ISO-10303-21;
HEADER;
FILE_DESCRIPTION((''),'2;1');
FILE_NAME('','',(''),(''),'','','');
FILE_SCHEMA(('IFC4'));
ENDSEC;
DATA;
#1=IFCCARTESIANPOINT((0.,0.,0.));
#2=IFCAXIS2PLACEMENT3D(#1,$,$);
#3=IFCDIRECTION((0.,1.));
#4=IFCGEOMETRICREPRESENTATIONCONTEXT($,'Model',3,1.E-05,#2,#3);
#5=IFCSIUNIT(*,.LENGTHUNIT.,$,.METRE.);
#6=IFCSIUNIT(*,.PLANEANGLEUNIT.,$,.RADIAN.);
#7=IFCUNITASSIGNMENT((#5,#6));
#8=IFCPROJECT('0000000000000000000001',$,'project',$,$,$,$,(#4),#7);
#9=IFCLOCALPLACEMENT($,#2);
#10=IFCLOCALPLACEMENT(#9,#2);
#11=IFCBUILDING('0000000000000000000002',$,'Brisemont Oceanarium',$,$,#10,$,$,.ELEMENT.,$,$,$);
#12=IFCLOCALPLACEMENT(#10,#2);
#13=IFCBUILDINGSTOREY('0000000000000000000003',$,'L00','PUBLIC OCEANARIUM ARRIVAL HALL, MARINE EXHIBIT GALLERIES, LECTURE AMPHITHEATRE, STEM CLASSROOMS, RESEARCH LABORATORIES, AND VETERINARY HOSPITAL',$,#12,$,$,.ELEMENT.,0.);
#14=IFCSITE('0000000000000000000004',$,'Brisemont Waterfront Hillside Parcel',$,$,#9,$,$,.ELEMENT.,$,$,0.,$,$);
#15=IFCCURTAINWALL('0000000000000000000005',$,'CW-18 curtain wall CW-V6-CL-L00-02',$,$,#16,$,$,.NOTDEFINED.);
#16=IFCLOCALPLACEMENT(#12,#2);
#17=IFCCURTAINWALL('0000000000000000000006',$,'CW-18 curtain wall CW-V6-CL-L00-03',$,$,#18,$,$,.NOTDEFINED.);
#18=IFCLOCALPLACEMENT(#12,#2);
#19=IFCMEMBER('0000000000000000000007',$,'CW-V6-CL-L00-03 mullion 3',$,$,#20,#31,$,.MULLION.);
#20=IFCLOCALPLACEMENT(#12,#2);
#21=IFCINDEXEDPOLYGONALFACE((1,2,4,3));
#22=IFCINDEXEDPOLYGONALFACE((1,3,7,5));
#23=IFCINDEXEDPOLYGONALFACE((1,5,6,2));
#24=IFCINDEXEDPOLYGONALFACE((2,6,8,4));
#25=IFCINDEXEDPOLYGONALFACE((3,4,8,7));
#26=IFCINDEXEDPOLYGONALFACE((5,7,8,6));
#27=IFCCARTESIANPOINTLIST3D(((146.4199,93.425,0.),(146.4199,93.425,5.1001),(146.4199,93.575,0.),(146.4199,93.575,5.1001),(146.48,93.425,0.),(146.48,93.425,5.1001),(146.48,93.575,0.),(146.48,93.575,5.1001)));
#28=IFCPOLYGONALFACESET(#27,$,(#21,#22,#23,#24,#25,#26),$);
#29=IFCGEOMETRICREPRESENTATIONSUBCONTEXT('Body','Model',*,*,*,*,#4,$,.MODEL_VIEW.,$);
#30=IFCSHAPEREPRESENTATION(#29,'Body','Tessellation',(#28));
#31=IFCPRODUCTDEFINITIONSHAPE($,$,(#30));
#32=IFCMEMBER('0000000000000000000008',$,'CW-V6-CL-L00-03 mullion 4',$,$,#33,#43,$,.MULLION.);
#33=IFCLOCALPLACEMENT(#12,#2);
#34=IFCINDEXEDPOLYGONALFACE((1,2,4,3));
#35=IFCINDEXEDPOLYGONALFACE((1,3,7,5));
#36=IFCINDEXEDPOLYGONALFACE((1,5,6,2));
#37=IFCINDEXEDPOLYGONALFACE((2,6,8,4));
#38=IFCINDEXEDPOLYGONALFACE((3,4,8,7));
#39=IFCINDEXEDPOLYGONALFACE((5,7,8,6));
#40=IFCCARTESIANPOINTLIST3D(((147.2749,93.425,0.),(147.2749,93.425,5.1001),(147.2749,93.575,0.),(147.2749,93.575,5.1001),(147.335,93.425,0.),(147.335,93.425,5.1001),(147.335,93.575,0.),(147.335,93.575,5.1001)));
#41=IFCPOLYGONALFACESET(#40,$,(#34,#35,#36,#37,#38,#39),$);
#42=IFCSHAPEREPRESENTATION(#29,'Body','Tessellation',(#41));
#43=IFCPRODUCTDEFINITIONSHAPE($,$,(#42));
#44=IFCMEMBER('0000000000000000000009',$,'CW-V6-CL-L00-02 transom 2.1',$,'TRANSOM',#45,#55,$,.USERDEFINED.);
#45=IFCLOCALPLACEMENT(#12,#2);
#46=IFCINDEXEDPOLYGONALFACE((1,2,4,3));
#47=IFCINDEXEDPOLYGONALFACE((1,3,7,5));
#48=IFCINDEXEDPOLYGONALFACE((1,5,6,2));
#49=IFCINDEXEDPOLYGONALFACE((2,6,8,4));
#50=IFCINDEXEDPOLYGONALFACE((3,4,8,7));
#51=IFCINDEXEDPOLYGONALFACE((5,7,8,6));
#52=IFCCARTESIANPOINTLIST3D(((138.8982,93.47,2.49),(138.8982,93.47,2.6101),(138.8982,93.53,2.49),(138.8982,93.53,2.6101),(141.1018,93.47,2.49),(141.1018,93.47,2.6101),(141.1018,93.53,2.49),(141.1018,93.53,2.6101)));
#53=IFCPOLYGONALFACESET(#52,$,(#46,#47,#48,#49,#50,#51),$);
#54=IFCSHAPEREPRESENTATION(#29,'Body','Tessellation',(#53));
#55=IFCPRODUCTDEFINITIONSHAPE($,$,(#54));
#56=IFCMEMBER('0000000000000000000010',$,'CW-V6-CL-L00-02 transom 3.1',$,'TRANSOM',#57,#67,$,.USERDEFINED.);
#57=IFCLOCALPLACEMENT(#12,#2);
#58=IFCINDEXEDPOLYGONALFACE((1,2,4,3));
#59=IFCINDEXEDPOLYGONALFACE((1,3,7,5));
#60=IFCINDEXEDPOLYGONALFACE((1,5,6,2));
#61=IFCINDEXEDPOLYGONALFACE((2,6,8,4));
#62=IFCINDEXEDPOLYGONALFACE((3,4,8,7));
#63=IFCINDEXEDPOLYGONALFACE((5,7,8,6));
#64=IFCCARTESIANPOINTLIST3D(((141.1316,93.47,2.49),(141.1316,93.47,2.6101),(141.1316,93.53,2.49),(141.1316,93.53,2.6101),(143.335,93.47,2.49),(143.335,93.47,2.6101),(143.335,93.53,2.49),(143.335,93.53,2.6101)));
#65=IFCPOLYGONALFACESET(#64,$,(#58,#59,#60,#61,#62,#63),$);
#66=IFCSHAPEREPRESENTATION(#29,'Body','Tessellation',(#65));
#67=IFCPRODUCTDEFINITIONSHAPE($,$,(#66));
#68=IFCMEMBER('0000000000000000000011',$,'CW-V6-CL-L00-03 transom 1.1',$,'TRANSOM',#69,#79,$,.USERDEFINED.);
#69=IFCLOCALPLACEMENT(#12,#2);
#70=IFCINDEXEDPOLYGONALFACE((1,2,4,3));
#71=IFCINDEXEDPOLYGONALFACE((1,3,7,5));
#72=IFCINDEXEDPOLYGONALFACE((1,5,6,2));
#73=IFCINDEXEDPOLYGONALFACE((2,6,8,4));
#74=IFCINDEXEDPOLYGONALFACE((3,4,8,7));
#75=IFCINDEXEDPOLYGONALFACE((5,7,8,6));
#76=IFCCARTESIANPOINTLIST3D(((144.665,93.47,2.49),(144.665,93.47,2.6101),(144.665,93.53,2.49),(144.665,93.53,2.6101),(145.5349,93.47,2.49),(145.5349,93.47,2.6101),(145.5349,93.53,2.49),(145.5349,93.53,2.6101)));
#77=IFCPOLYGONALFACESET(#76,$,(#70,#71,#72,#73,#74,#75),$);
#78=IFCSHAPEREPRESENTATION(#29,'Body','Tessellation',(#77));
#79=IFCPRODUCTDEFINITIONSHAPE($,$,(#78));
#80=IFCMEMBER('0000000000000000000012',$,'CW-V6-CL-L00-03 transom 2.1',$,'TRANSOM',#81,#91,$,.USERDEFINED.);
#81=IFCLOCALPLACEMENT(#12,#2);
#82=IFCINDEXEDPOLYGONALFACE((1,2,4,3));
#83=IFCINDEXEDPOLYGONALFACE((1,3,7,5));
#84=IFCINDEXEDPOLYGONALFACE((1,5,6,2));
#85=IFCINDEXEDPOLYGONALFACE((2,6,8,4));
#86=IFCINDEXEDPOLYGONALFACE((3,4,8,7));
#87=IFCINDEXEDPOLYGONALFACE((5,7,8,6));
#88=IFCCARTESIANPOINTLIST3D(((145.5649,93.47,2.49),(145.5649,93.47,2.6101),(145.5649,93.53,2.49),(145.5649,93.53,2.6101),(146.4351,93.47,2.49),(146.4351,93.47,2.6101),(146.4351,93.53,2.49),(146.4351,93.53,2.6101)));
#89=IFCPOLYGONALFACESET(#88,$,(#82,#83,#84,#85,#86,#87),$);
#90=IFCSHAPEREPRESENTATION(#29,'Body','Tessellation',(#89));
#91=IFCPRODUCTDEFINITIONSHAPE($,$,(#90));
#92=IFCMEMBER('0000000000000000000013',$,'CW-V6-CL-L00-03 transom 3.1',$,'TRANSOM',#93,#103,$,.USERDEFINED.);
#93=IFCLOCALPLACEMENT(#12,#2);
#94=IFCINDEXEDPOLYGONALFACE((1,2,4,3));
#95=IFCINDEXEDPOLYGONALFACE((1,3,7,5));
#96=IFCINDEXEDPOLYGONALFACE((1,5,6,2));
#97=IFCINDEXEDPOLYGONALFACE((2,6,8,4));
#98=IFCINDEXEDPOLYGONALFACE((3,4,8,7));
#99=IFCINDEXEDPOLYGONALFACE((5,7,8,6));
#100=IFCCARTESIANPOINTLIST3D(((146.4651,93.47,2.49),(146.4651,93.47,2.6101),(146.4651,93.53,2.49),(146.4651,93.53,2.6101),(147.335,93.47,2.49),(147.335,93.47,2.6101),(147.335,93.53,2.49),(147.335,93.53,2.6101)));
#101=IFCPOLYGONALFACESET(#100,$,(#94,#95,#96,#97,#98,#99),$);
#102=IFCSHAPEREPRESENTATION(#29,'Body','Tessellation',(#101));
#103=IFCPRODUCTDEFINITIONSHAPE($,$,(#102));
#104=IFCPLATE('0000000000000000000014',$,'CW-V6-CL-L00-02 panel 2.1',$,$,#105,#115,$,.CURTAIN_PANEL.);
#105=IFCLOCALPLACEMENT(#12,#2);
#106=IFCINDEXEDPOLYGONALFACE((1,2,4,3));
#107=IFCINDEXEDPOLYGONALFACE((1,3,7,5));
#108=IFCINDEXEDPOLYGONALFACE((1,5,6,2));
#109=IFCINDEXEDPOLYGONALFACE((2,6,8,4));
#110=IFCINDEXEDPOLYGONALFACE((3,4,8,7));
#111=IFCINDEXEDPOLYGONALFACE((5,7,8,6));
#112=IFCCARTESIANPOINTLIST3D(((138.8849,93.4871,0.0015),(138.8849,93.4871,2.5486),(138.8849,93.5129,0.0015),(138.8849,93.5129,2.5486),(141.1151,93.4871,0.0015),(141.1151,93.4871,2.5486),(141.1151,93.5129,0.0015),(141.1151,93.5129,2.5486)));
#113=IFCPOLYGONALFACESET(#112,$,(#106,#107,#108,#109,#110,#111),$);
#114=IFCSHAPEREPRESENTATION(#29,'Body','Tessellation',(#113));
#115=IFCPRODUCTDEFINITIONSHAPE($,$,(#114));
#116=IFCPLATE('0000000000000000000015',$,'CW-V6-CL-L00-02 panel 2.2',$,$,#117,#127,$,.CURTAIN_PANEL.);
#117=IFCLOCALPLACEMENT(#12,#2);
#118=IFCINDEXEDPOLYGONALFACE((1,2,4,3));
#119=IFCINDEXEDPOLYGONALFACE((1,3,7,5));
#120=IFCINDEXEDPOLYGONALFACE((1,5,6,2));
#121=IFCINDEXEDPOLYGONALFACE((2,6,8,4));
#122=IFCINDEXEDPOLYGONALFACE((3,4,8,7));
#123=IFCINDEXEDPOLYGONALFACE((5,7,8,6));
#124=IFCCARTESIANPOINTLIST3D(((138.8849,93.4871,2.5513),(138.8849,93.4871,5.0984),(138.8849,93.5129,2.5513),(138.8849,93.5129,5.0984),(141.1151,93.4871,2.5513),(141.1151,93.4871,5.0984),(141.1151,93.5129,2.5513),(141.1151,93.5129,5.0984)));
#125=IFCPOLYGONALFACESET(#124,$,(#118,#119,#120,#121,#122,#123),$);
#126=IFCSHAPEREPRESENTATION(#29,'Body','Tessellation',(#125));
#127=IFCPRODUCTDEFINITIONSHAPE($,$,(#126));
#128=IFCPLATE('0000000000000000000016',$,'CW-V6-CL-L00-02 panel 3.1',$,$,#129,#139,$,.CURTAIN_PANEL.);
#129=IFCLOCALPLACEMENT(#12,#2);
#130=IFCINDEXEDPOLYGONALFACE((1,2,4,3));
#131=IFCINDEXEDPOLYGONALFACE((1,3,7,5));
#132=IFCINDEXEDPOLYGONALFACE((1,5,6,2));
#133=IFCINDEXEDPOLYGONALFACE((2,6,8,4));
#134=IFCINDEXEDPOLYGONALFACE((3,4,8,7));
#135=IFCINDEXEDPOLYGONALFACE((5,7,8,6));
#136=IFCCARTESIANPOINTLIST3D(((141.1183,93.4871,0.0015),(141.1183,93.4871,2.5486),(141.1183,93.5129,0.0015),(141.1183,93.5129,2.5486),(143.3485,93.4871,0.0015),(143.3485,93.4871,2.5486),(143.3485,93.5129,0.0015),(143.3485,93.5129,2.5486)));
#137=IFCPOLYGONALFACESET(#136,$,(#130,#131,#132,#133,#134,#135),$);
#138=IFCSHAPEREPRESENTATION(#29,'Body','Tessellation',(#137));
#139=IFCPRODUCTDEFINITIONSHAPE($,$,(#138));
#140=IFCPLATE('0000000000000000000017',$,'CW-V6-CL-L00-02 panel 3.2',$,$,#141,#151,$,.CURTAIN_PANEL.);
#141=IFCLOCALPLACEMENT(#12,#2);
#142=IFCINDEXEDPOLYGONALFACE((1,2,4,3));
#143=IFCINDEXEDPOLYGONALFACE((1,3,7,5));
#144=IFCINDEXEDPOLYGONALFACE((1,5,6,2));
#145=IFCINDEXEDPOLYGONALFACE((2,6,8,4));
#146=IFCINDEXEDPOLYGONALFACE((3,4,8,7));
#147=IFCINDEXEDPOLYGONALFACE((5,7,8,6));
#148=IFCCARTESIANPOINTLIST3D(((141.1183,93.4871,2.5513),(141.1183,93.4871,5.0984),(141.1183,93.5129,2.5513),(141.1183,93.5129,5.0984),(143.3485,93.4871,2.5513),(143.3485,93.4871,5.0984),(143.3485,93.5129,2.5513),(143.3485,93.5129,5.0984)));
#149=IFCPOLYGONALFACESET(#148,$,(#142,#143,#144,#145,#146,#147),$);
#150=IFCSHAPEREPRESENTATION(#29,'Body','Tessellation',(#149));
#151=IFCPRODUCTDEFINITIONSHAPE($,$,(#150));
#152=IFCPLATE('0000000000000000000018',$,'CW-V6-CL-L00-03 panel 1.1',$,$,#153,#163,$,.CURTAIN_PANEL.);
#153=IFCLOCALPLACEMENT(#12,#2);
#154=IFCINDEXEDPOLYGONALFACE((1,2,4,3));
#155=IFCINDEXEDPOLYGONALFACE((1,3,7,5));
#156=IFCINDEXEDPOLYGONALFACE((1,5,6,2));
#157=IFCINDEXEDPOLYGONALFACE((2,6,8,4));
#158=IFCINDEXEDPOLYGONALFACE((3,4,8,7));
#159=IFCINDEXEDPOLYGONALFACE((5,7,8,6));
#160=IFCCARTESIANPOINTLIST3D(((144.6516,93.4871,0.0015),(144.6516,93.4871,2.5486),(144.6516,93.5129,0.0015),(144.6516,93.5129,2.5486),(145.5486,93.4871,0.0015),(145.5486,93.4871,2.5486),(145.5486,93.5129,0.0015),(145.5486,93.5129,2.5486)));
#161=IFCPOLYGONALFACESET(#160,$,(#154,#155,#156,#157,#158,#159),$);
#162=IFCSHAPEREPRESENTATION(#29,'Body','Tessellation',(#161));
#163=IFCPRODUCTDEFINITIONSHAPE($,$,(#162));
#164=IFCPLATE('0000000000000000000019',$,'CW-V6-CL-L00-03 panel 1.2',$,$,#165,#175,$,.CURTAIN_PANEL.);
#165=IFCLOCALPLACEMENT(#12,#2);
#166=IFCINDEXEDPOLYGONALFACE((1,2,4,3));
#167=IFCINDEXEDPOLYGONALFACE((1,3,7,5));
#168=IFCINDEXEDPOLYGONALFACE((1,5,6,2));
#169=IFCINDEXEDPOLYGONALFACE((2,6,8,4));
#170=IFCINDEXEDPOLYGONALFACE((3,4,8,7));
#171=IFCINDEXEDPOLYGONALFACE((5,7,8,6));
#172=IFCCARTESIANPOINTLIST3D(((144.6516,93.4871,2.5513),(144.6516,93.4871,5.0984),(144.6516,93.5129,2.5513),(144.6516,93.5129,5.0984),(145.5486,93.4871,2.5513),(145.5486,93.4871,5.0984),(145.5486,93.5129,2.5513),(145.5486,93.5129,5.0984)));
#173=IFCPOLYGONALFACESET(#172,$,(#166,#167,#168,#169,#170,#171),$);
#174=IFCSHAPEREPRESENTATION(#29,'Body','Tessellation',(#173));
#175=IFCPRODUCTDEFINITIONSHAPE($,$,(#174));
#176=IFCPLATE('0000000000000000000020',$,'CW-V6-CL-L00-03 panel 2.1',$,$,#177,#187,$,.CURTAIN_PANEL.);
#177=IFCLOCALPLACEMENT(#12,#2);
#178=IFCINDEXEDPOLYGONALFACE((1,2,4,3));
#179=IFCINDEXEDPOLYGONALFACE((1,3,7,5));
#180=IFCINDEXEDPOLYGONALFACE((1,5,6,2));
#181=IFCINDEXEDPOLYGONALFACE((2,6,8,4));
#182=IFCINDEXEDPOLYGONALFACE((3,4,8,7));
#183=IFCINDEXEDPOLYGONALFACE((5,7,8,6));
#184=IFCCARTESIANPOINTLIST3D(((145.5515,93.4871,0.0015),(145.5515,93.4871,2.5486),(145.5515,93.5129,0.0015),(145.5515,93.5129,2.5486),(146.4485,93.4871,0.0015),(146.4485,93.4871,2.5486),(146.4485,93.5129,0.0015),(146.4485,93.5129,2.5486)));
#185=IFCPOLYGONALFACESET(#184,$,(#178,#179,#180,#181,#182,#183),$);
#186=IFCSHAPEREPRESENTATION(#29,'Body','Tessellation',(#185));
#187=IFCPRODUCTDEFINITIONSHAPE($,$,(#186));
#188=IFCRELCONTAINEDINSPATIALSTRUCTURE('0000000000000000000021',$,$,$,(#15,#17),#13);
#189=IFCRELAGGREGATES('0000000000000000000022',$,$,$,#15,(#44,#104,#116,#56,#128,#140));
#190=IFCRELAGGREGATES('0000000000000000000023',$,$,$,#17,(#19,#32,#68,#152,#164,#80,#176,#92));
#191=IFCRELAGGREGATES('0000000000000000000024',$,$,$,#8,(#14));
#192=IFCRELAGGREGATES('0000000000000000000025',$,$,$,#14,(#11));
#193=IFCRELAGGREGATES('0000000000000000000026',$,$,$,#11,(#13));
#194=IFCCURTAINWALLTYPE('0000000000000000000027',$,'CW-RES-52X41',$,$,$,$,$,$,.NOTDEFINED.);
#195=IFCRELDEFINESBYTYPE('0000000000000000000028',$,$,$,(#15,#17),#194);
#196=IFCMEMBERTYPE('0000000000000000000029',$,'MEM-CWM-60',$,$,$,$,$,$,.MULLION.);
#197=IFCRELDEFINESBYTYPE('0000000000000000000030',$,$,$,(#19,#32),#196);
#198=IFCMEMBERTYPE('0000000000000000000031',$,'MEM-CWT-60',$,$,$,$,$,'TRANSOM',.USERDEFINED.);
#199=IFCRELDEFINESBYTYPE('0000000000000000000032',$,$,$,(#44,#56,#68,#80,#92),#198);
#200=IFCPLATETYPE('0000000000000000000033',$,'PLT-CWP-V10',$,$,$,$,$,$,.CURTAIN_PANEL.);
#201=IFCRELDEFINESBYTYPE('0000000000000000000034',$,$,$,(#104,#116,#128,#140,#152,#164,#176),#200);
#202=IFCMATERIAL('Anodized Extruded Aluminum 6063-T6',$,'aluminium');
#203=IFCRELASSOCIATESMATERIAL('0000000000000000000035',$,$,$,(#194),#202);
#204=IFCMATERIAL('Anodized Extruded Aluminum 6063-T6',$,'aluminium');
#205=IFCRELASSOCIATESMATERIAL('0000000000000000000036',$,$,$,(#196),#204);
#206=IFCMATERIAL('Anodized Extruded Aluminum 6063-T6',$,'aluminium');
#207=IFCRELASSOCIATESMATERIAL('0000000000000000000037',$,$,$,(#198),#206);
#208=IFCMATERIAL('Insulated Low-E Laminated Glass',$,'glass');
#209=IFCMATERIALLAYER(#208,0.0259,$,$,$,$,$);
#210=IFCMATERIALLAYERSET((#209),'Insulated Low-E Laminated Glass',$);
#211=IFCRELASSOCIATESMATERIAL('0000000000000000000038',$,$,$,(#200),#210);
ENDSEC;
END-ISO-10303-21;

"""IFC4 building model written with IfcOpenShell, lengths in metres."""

from ifc_helpers import new_model, si_unit, direction, frame, origin, origin_2d, place, context, subcontext, project, spatial, rectangle, extrude, material, layer, layer_set, material_profile, profile_set, type_object, element, aggregate, save


model = new_model("IFC4")

# Units and contexts
model_context = context("Model", 3, precision=1e-05, world=origin(), true_north=direction((0.0, 1.0)))
body_context = subcontext(model_context, "Body", "Model", "MODEL_VIEW")
ifc_project = project(units=[si_unit("LENGTHUNIT", "METRE"), si_unit("PLANEANGLEUNIT", "RADIAN")], contexts=[model_context])

# Site, building, storey
site_placement = place(None, origin())
site = spatial("IfcSite", under=ifc_project, at=site_placement, Name="Brisemont Waterfront Hillside Parcel", CompositionType="ELEMENT", RefElevation=0.0)
building_placement = place(site_placement, origin())
building = spatial("IfcBuilding", under=site, at=building_placement, Name="Brisemont Oceanarium", CompositionType="ELEMENT")
storey_placement = place(building_placement, origin())
storey = spatial("IfcBuildingStorey", under=building, at=storey_placement, Name="L00", Description="PUBLIC OCEANARIUM ARRIVAL HALL, MARINE EXHIBIT GALLERIES, LECTURE AMPHITHEATRE, STEM CLASSROOMS, RESEARCH LABORATORIES, AND VETERINARY HOSPITAL", CompositionType="ELEMENT", Elevation=0.0)

# Curtain walls, members
ifc_material_1 = material(Name="Anodized Extruded Aluminum 6063-T6", Category="aluminium")
curtain_wall_type = type_object("IfcCurtainWallType", Name="CW-RES-52X41", PredefinedType="NOTDEFINED", material=ifc_material_1)
curtain_wall_1_placement = place(storey_placement, origin())
curtain_wall_1 = element("IfcCurtainWall", 1, at=curtain_wall_1_placement, inside=storey, type_object=curtain_wall_type, Name="CW-18 curtain wall CW-V6-CL-L00-02", PredefinedType="NOTDEFINED")
ifc_material_2 = material(Name="Anodized Extruded Aluminum 6063-T6", Category="aluminium")
ifc_material_profile_1 = material_profile(ifc_material_2, rectangle(XDim=0.0601, YDim=0.1499, at=origin_2d()), Name="CWM-60X150")
ifc_profile_set_1 = profile_set([ifc_material_profile_1], Name="Anodized Extruded Aluminum 6063-T6")
member_type_1 = type_object("IfcMemberType", Name="MEM-CWM-60", PredefinedType="MULLION", material=ifc_profile_set_1)
curtain_wall_2_placement = place(storey_placement, origin())
curtain_wall_2 = element("IfcCurtainWall", 2, at=curtain_wall_2_placement, inside=storey, type_object=curtain_wall_type, Name="CW-18 curtain wall CW-V6-CL-L00-03", PredefinedType="NOTDEFINED")
member_1_placement = place(storey_placement, frame((146.45, 93.5, 0.0), z_axis=(0.0, 0.0, 1.0), x_axis=(1.0, 0.0, 0.0)))
member_1 = element("IfcMember", 3, at=member_1_placement, type_object=member_type_1, Name="CW-V6-CL-L00-03 mullion 3", PredefinedType="MULLION", context=body_context, shape_type="SweptSolid", body=[
    extrude(rectangle(XDim=0.0601, YDim=0.1499, at=origin_2d()), origin(), (0.0, 0.0, 1.0), 5.1001),
])
member_2_placement = place(storey_placement, frame((147.3049, 93.5, 0.0), z_axis=(0.0, 0.0, 1.0), x_axis=(1.0, 0.0, 0.0)))
member_2 = element("IfcMember", 4, at=member_2_placement, type_object=member_type_1, Name="CW-V6-CL-L00-03 mullion 4", PredefinedType="MULLION", context=body_context, shape_type="SweptSolid", body=[
    extrude(rectangle(XDim=0.0601, YDim=0.1499, at=origin_2d()), origin(), (0.0, 0.0, 1.0), 5.1001),
])

# Members
ifc_material_3 = material(Name="Anodized Extruded Aluminum 6063-T6", Category="aluminium")
ifc_material_profile_2 = material_profile(ifc_material_3, rectangle(XDim=0.0601, YDim=0.1201, at=origin_2d()), Name="CWT-60X120")
ifc_profile_set_2 = profile_set([ifc_material_profile_2], Name="Anodized Extruded Aluminum 6063-T6")
member_type_2 = type_object("IfcMemberType", Name="MEM-CWT-60", ElementType="TRANSOM", PredefinedType="USERDEFINED", material=ifc_profile_set_2)
member_3_placement = place(storey_placement, frame((138.8982, 93.5, 2.55), z_axis=(1.0, 0.0, 0.0), x_axis=(0.0, 1.0, 0.0)))
member_3 = element("IfcMember", 5, at=member_3_placement, type_object=member_type_2, Name="CW-V6-CL-L00-02 transom 2.1", ObjectType="TRANSOM", PredefinedType="USERDEFINED", context=body_context, shape_type="SweptSolid", body=[
    extrude(rectangle(XDim=0.0601, YDim=0.1201, at=origin_2d()), origin(), (0.0, 0.0, 1.0), 2.2036),
])
member_4_placement = place(storey_placement, frame((141.1316, 93.5, 2.55), z_axis=(1.0, 0.0, 0.0), x_axis=(0.0, 1.0, 0.0)))
member_4 = element("IfcMember", 6, at=member_4_placement, type_object=member_type_2, Name="CW-V6-CL-L00-02 transom 3.1", ObjectType="TRANSOM", PredefinedType="USERDEFINED", context=body_context, shape_type="SweptSolid", body=[
    extrude(rectangle(XDim=0.0601, YDim=0.1201, at=origin_2d()), origin(), (0.0, 0.0, 1.0), 2.2034),
])
member_5_placement = place(storey_placement, frame((144.665, 93.5, 2.55), z_axis=(1.0, 0.0, 0.0), x_axis=(0.0, 1.0, 0.0)))
member_5 = element("IfcMember", 7, at=member_5_placement, type_object=member_type_2, Name="CW-V6-CL-L00-03 transom 1.1", ObjectType="TRANSOM", PredefinedType="USERDEFINED", context=body_context, shape_type="SweptSolid", body=[
    extrude(rectangle(XDim=0.0601, YDim=0.1201, at=origin_2d()), origin(), (0.0, 0.0, 1.0), 0.8699),
])
member_6_placement = place(storey_placement, frame((145.5649, 93.5, 2.55), z_axis=(1.0, 0.0, 0.0), x_axis=(0.0, 1.0, 0.0)))
member_6 = element("IfcMember", 8, at=member_6_placement, type_object=member_type_2, Name="CW-V6-CL-L00-03 transom 2.1", ObjectType="TRANSOM", PredefinedType="USERDEFINED", context=body_context, shape_type="SweptSolid", body=[
    extrude(rectangle(XDim=0.0601, YDim=0.1201, at=origin_2d()), origin(), (0.0, 0.0, 1.0), 0.8701),
])
member_7_placement = place(storey_placement, frame((146.4651, 93.5, 2.55), z_axis=(1.0, 0.0, 0.0), x_axis=(0.0, 1.0, 0.0)))
member_7 = element("IfcMember", 9, at=member_7_placement, type_object=member_type_2, Name="CW-V6-CL-L00-03 transom 3.1", ObjectType="TRANSOM", PredefinedType="USERDEFINED", context=body_context, shape_type="SweptSolid", body=[
    extrude(rectangle(XDim=0.0601, YDim=0.1201, at=origin_2d()), origin(), (0.0, 0.0, 1.0), 0.8699),
])

# Plates
ifc_material_4 = material(Name="Insulated Low-E Laminated Glass", Category="glass")
ifc_layer_1 = layer(ifc_material_4, 0.0259)
ifc_layer_set_1 = layer_set([ifc_layer_1], Name="Insulated Low-E Laminated Glass")
plate_type = type_object("IfcPlateType", Name="PLT-CWP-V10", PredefinedType="CURTAIN_PANEL", material=ifc_layer_set_1)
plate_1_placement = place(storey_placement, frame((140.0, 93.5, 0.0015), z_axis=(0.0, 0.0, 1.0), x_axis=(1.0, 0.0, 0.0)))
plate_1 = element("IfcPlate", 10, at=plate_1_placement, type_object=plate_type, Name="CW-V6-CL-L00-02 panel 2.1", PredefinedType="CURTAIN_PANEL", context=body_context, shape_type="SweptSolid", body=[
    extrude(rectangle(XDim=2.2302, YDim=0.0259, at=origin_2d()), origin(), (0.0, 0.0, 1.0), 2.5471),
])
plate_2_placement = place(storey_placement, frame((140.0, 93.5, 2.5513), z_axis=(0.0, 0.0, 1.0), x_axis=(1.0, 0.0, 0.0)))
plate_2 = element("IfcPlate", 11, at=plate_2_placement, type_object=plate_type, Name="CW-V6-CL-L00-02 panel 2.2", PredefinedType="CURTAIN_PANEL", context=body_context, shape_type="SweptSolid", body=[
    extrude(rectangle(XDim=2.2302, YDim=0.0259, at=origin_2d()), origin(), (0.0, 0.0, 1.0), 2.5471),
])
plate_3_placement = place(storey_placement, frame((142.2334, 93.5, 0.0015), z_axis=(0.0, 0.0, 1.0), x_axis=(1.0, 0.0, 0.0)))
plate_3 = element("IfcPlate", 12, at=plate_3_placement, type_object=plate_type, Name="CW-V6-CL-L00-02 panel 3.1", PredefinedType="CURTAIN_PANEL", context=body_context, shape_type="SweptSolid", body=[
    extrude(rectangle(XDim=2.2302, YDim=0.0259, at=origin_2d()), origin(), (0.0, 0.0, 1.0), 2.5471),
])
plate_4_placement = place(storey_placement, frame((142.2334, 93.5, 2.5513), z_axis=(0.0, 0.0, 1.0), x_axis=(1.0, 0.0, 0.0)))
plate_4 = element("IfcPlate", 13, at=plate_4_placement, type_object=plate_type, Name="CW-V6-CL-L00-02 panel 3.2", PredefinedType="CURTAIN_PANEL", context=body_context, shape_type="SweptSolid", body=[
    extrude(rectangle(XDim=2.2302, YDim=0.0259, at=origin_2d()), origin(), (0.0, 0.0, 1.0), 2.5471),
])
aggregate(curtain_wall_1, [member_3, plate_1, plate_2, member_4, plate_3, plate_4])
plate_5_placement = place(storey_placement, frame((145.1001, 93.5, 0.0015), z_axis=(0.0, 0.0, 1.0), x_axis=(1.0, 0.0, 0.0)))
plate_5 = element("IfcPlate", 14, at=plate_5_placement, type_object=plate_type, Name="CW-V6-CL-L00-03 panel 1.1", PredefinedType="CURTAIN_PANEL", context=body_context, shape_type="SweptSolid", body=[
    extrude(rectangle(XDim=0.897, YDim=0.0259, at=origin_2d()), origin(), (0.0, 0.0, 1.0), 2.5471),
])
plate_6_placement = place(storey_placement, frame((145.1001, 93.5, 2.5513), z_axis=(0.0, 0.0, 1.0), x_axis=(1.0, 0.0, 0.0)))
plate_6 = element("IfcPlate", 15, at=plate_6_placement, type_object=plate_type, Name="CW-V6-CL-L00-03 panel 1.2", PredefinedType="CURTAIN_PANEL", context=body_context, shape_type="SweptSolid", body=[
    extrude(rectangle(XDim=0.897, YDim=0.0259, at=origin_2d()), origin(), (0.0, 0.0, 1.0), 2.5471),
])
plate_7_placement = place(storey_placement, frame((146.0, 93.5, 0.0015), z_axis=(0.0, 0.0, 1.0), x_axis=(1.0, 0.0, 0.0)))
plate_7 = element("IfcPlate", 16, at=plate_7_placement, type_object=plate_type, Name="CW-V6-CL-L00-03 panel 2.1", PredefinedType="CURTAIN_PANEL", context=body_context, shape_type="SweptSolid", body=[
    extrude(rectangle(XDim=0.897, YDim=0.0259, at=origin_2d()), origin(), (0.0, 0.0, 1.0), 2.5471),
])
aggregate(curtain_wall_2, [member_1, member_2, member_5, plate_5, plate_6, member_6, plate_7, member_7])

save(model, "model.ifc")
